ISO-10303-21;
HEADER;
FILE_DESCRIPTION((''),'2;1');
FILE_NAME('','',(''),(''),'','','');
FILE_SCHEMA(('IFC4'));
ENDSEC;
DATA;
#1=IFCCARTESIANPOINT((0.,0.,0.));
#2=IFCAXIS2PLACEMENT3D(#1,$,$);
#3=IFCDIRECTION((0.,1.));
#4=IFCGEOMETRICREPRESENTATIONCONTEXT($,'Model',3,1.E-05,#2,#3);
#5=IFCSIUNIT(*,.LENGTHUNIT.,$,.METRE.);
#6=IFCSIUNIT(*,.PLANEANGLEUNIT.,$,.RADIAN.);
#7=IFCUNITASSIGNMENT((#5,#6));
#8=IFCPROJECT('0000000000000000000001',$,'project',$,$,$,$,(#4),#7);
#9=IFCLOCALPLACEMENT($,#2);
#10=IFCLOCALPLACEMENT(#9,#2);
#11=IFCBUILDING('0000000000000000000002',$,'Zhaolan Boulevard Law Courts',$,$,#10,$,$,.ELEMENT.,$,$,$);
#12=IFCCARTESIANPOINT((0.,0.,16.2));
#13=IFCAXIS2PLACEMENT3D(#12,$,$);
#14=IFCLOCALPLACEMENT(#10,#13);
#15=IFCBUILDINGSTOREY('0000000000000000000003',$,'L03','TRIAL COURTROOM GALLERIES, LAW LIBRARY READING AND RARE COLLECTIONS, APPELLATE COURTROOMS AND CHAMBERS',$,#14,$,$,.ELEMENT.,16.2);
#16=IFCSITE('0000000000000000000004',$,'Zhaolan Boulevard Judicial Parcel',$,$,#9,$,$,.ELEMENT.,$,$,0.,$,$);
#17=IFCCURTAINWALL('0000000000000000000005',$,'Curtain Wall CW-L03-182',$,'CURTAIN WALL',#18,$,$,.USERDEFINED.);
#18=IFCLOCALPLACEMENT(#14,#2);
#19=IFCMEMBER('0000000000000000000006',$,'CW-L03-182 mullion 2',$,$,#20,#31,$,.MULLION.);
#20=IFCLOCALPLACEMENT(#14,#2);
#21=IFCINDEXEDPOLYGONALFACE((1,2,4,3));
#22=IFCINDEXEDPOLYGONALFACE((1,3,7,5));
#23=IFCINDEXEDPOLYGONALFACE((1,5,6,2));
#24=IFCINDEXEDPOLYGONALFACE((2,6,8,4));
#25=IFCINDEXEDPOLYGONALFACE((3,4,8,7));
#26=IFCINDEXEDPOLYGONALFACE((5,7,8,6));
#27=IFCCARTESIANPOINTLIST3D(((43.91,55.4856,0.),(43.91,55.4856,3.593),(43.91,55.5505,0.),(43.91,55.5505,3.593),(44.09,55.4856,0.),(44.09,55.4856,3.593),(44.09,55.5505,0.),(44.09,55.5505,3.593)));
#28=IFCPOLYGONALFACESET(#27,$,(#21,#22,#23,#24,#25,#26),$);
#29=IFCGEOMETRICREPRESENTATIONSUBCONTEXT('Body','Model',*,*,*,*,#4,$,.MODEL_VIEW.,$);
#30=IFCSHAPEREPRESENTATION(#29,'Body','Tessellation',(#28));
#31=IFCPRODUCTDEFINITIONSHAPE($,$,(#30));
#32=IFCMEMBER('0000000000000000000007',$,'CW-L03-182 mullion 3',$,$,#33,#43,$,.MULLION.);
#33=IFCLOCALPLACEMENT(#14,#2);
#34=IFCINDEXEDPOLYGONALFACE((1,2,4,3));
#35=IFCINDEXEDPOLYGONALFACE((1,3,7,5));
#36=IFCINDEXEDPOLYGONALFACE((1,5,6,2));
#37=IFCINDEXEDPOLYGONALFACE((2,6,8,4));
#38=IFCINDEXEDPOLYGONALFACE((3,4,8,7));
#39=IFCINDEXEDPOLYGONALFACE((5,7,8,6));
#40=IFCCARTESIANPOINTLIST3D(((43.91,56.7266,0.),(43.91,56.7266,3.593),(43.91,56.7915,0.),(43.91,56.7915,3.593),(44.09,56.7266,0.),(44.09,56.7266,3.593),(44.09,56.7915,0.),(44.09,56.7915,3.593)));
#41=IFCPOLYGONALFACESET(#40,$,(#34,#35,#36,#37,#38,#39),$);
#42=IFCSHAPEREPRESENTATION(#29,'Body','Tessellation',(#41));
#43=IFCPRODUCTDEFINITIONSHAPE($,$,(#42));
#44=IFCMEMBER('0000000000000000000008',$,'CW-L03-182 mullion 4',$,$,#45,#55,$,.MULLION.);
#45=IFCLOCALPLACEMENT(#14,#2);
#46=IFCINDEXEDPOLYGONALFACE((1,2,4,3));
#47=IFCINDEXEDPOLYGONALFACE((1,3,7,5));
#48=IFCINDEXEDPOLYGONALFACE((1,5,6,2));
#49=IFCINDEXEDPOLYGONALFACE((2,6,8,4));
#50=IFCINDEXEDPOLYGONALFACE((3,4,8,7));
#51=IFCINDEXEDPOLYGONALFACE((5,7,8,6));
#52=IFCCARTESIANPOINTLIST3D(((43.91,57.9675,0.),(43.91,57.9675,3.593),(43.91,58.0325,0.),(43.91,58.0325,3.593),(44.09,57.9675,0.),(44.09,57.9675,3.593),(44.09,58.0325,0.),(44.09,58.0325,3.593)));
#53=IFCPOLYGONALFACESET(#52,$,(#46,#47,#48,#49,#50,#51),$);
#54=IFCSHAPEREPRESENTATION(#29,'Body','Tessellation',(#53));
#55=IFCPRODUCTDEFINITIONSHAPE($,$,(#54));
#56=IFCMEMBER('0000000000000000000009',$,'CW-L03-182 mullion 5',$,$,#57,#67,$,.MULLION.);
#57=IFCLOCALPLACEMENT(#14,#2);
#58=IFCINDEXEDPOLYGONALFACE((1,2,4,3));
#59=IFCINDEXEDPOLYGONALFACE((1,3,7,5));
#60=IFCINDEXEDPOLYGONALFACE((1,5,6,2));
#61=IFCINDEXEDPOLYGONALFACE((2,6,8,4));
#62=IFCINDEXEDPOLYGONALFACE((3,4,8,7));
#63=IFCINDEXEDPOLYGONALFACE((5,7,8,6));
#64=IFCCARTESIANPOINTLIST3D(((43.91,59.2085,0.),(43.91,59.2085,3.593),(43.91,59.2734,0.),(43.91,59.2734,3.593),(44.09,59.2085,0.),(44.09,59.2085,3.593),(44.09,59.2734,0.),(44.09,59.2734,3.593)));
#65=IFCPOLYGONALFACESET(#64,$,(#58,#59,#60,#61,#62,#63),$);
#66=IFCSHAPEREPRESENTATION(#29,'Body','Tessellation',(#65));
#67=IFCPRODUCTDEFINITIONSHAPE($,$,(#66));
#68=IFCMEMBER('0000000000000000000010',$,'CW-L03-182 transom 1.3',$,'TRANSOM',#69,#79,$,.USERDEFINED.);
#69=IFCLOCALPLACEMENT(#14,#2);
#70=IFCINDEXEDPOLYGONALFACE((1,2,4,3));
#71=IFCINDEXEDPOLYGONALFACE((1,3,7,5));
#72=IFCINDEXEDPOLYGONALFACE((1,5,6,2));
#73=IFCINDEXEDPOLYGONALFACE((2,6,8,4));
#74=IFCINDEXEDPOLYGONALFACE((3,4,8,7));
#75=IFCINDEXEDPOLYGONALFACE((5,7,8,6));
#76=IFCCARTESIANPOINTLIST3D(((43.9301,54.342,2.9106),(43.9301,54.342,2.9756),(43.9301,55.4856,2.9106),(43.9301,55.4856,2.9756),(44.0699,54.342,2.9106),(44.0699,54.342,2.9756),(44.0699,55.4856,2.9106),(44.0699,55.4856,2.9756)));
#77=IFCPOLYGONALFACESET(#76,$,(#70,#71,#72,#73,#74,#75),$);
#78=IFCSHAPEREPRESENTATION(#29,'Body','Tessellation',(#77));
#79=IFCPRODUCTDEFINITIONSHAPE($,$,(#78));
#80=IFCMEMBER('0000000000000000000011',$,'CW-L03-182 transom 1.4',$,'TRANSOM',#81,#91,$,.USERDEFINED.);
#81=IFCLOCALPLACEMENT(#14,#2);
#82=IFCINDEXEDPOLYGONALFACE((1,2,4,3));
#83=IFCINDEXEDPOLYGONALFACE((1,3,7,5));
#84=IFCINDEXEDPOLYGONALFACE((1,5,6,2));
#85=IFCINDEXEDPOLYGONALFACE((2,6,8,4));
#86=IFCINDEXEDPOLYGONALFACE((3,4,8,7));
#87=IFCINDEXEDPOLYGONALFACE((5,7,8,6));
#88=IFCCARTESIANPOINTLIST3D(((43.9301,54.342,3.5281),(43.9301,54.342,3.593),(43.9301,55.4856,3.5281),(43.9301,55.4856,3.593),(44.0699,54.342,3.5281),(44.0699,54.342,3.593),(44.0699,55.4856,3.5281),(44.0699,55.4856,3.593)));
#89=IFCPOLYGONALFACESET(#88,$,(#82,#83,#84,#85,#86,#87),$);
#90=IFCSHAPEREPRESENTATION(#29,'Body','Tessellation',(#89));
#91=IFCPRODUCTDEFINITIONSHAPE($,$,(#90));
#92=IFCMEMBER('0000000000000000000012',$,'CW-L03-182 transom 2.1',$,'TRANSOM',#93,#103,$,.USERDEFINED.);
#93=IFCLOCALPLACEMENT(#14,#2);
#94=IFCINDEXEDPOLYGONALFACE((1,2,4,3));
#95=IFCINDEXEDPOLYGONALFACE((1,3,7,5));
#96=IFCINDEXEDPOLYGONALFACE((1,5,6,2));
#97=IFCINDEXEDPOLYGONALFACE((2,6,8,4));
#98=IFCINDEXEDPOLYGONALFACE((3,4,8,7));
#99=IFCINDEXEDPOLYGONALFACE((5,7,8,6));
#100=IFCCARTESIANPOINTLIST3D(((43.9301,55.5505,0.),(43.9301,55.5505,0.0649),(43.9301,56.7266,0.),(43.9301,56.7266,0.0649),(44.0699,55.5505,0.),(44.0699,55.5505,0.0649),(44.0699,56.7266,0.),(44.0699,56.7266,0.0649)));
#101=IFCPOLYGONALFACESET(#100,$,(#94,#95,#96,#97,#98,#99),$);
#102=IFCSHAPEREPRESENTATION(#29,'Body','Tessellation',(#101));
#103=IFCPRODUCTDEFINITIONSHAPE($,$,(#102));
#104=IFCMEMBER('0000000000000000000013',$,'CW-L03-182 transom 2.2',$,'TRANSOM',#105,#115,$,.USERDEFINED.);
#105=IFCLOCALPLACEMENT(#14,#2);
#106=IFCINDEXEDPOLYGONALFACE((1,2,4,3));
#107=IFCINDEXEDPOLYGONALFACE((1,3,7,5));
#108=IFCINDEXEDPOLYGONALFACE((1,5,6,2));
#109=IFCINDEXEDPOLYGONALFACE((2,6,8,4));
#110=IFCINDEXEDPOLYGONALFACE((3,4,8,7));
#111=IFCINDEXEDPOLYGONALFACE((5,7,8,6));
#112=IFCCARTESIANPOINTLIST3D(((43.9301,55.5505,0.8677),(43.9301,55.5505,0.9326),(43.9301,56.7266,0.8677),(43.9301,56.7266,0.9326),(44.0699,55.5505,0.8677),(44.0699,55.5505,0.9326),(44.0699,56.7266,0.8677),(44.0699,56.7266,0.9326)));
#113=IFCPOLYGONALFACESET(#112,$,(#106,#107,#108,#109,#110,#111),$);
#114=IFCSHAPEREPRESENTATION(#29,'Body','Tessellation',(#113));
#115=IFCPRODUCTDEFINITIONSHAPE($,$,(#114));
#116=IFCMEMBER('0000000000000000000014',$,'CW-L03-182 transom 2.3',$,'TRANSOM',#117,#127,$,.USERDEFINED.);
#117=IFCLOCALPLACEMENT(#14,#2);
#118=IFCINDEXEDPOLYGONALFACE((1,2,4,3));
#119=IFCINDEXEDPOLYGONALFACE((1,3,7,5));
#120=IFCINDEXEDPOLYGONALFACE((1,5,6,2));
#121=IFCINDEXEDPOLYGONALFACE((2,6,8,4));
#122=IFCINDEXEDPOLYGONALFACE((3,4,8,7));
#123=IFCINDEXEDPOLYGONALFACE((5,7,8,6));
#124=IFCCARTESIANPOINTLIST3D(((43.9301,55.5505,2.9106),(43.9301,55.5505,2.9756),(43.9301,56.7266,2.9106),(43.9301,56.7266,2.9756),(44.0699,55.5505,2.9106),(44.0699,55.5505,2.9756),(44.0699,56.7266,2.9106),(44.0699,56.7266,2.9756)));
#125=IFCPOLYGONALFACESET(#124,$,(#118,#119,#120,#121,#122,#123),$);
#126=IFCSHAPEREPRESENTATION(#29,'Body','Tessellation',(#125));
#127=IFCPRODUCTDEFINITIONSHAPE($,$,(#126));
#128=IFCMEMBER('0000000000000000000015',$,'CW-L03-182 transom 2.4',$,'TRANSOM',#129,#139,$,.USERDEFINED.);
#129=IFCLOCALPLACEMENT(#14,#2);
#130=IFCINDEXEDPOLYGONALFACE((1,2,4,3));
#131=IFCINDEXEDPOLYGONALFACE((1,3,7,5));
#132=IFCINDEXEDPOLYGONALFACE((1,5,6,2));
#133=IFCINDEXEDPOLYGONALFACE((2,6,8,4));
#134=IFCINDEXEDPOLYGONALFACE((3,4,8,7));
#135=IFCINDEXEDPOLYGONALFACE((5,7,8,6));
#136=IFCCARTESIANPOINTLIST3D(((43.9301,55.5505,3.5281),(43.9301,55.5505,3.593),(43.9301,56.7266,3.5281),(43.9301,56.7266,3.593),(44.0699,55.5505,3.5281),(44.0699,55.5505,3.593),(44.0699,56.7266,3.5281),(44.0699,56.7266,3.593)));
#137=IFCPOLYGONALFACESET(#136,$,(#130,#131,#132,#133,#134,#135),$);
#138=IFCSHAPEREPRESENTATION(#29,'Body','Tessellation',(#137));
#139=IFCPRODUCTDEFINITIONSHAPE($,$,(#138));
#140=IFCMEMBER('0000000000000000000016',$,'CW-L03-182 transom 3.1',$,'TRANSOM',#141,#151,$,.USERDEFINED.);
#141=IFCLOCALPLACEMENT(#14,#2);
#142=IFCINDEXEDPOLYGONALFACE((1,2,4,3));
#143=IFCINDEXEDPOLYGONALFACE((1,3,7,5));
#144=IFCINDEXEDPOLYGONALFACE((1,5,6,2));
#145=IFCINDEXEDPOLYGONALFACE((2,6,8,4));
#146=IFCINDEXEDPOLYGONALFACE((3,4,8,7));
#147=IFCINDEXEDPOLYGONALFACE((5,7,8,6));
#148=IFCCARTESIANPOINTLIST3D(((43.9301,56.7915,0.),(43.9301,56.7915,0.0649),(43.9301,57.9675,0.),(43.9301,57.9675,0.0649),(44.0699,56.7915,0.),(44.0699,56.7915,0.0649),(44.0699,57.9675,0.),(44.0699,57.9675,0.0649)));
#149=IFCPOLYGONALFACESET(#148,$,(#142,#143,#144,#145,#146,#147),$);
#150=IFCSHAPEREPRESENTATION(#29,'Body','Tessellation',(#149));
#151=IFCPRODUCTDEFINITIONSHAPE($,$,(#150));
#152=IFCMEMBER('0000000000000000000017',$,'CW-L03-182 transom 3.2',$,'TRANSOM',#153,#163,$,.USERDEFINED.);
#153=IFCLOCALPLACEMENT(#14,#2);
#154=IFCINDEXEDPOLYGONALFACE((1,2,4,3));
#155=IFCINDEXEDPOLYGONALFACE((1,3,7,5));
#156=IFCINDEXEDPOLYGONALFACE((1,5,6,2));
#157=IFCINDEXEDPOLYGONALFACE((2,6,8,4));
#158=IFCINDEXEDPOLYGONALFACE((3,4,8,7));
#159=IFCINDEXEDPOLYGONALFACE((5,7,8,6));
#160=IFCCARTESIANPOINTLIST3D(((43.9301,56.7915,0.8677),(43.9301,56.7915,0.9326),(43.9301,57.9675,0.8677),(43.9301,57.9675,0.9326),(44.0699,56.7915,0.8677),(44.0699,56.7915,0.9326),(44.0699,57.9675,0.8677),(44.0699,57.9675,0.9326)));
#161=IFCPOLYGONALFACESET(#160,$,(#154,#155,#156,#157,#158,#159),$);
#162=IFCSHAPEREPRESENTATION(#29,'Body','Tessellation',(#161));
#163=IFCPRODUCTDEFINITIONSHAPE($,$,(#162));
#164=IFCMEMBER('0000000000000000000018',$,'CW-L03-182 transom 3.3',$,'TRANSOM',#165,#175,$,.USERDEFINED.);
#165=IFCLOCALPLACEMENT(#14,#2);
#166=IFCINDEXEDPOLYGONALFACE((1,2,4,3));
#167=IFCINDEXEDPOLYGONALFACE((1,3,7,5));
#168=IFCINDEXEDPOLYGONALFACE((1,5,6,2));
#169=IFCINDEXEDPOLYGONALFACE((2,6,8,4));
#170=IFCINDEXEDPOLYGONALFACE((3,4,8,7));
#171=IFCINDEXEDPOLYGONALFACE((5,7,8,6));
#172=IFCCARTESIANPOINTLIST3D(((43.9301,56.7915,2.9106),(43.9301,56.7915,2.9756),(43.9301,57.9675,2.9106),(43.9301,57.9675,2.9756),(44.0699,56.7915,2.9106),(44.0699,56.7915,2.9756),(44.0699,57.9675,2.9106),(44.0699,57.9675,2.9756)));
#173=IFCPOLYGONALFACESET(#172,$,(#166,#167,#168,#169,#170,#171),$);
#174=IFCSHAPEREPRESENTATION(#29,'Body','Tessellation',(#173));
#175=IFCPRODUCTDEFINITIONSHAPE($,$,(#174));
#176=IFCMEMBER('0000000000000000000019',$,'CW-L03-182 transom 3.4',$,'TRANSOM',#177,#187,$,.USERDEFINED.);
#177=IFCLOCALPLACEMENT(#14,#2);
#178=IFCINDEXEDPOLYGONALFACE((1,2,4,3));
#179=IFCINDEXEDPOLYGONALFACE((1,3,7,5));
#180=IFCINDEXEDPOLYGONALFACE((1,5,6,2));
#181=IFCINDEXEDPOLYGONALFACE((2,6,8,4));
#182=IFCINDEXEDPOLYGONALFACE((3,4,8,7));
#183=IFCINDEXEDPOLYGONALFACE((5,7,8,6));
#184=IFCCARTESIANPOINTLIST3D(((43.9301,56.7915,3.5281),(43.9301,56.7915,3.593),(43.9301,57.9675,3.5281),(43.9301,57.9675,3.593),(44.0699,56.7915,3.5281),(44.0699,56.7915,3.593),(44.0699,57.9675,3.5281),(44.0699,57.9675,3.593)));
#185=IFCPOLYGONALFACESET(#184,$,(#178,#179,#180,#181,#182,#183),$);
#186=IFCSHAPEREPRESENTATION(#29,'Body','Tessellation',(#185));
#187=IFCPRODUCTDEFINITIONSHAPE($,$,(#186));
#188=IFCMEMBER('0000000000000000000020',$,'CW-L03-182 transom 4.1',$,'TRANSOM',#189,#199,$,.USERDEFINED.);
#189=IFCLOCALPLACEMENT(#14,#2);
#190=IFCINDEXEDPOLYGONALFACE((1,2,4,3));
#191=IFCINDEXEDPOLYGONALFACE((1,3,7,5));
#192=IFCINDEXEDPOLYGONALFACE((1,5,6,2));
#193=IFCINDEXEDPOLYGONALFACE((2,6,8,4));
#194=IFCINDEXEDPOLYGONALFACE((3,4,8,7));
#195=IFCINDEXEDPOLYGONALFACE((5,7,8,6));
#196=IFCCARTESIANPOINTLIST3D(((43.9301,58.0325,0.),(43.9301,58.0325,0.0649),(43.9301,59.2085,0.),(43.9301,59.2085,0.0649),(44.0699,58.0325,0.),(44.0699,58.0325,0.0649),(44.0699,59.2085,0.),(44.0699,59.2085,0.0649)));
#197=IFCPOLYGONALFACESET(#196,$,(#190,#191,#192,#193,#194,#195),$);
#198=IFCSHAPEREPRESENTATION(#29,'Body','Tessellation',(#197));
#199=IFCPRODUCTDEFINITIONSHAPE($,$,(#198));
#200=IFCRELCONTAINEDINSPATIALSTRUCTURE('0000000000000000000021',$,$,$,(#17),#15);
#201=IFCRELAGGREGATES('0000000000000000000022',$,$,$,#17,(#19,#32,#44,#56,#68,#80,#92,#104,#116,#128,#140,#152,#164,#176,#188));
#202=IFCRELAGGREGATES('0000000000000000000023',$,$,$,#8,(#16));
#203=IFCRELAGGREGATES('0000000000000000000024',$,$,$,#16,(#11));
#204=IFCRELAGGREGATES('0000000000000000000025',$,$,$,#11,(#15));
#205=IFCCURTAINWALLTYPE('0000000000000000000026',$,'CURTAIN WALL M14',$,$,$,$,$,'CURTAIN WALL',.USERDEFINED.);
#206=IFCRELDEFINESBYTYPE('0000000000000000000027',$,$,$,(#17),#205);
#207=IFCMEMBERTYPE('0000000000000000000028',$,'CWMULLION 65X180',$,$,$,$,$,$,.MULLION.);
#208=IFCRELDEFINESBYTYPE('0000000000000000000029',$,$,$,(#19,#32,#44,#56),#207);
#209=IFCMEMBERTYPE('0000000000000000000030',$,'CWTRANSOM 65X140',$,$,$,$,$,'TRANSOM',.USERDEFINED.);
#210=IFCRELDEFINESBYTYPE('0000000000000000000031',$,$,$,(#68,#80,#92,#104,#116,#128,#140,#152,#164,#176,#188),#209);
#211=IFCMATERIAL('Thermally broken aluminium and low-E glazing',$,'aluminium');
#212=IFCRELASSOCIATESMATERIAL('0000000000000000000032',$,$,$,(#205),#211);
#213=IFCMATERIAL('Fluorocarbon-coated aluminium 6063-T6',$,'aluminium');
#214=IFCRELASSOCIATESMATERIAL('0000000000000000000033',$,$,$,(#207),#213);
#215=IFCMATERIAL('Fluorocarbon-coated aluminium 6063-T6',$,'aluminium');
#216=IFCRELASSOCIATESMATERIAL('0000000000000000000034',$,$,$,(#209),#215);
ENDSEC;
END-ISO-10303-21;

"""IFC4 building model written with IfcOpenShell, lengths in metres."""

from ifc_helpers import new_model, si_unit, direction, frame, origin, origin_2d, place, context, subcontext, project, spatial, rectangle, extrude, material, material_profile, profile_set, type_object, element, aggregate, save


model = new_model("IFC4")

# Units and contexts
model_context = context("Model", 3, precision=1e-05, world=origin(), true_north=direction((0.0, 1.0)))
body_context = subcontext(model_context, "Body", "Model", "MODEL_VIEW")
ifc_project = project(units=[si_unit("LENGTHUNIT", "METRE"), si_unit("PLANEANGLEUNIT", "RADIAN")], contexts=[model_context])

# Site, building, storey
site_placement = place(None, origin())
site = spatial("IfcSite", under=ifc_project, at=site_placement, Name="Zhaolan Boulevard Judicial Parcel", CompositionType="ELEMENT", RefElevation=0.0)
building_placement = place(site_placement, origin())
building = spatial("IfcBuilding", under=site, at=building_placement, Name="Zhaolan Boulevard Law Courts", CompositionType="ELEMENT")
storey_placement = place(building_placement, frame((0.0, 0.0, 16.2)))
storey = spatial("IfcBuildingStorey", under=building, at=storey_placement, Name="L03", Description="TRIAL COURTROOM GALLERIES, LAW LIBRARY READING AND RARE COLLECTIONS, APPELLATE COURTROOMS AND CHAMBERS", CompositionType="ELEMENT", Elevation=16.2)

# Curtain wall, members
ifc_material_1 = material(Name="Thermally broken aluminium and low-E glazing", Category="aluminium")
curtain_wall_type = type_object("IfcCurtainWallType", Name="CURTAIN WALL M14", ElementType="CURTAIN WALL", PredefinedType="USERDEFINED", material=ifc_material_1)
curtain_wall_placement = place(storey_placement, origin())
curtain_wall = element("IfcCurtainWall", 1, at=curtain_wall_placement, inside=storey, type_object=curtain_wall_type, Name="Curtain Wall CW-L03-182", ObjectType="CURTAIN WALL", PredefinedType="USERDEFINED")
ifc_material_2 = material(Name="Fluorocarbon-coated aluminium 6063-T6", Category="aluminium")
ifc_material_profile_1 = material_profile(ifc_material_2, rectangle(XDim=0.1799, YDim=0.0649, at=origin_2d()), Name="AL65x180")
ifc_profile_set_1 = profile_set([ifc_material_profile_1], Name="Fluorocarbon-coated aluminium 6063-T6")
member_type_1 = type_object("IfcMemberType", Name="CWMULLION 65X180", PredefinedType="MULLION", material=ifc_profile_set_1)
member_1_placement = place(storey_placement, frame((44.0, 55.5181, 0.0), z_axis=(0.0, 0.0, 1.0), x_axis=(-1.0, 0.0, 0.0)))
member_1 = element("IfcMember", 2, at=member_1_placement, type_object=member_type_1, Name="CW-L03-182 mullion 2", PredefinedType="MULLION", context=body_context, shape_type="SweptSolid", body=[
    extrude(rectangle(XDim=0.1799, YDim=0.0649, at=origin_2d()), origin(), (0.0, 0.0, 1.0), 3.593),
])
member_2_placement = place(storey_placement, frame((44.0, 56.759, 0.0), z_axis=(0.0, 0.0, 1.0), x_axis=(-1.0, 0.0, 0.0)))
member_2 = element("IfcMember", 3, at=member_2_placement, type_object=member_type_1, Name="CW-L03-182 mullion 3", PredefinedType="MULLION", context=body_context, shape_type="SweptSolid", body=[
    extrude(rectangle(XDim=0.1799, YDim=0.0649, at=origin_2d()), origin(), (0.0, 0.0, 1.0), 3.593),
])
member_3_placement = place(storey_placement, frame((44.0, 58.0, 0.0), z_axis=(0.0, 0.0, 1.0), x_axis=(-1.0, 0.0, 0.0)))
member_3 = element("IfcMember", 4, at=member_3_placement, type_object=member_type_1, Name="CW-L03-182 mullion 4", PredefinedType="MULLION", context=body_context, shape_type="SweptSolid", body=[
    extrude(rectangle(XDim=0.1799, YDim=0.0649, at=origin_2d()), origin(), (0.0, 0.0, 1.0), 3.593),
])
member_4_placement = place(storey_placement, frame((44.0, 59.241, 0.0), z_axis=(0.0, 0.0, 1.0), x_axis=(-1.0, 0.0, 0.0)))
member_4 = element("IfcMember", 5, at=member_4_placement, type_object=member_type_1, Name="CW-L03-182 mullion 5", PredefinedType="MULLION", context=body_context, shape_type="SweptSolid", body=[
    extrude(rectangle(XDim=0.1799, YDim=0.0649, at=origin_2d()), origin(), (0.0, 0.0, 1.0), 3.593),
])
ifc_material_3 = material(Name="Fluorocarbon-coated aluminium 6063-T6", Category="aluminium")
ifc_material_profile_2 = material_profile(ifc_material_3, rectangle(XDim=0.1399, YDim=0.0649, at=origin_2d()), Name="AL65x140")
ifc_profile_set_2 = profile_set([ifc_material_profile_2], Name="Fluorocarbon-coated aluminium 6063-T6")
member_type_2 = type_object("IfcMemberType", Name="CWTRANSOM 65X140", ElementType="TRANSOM", PredefinedType="USERDEFINED", material=ifc_profile_set_2)
member_5_placement = place(storey_placement, frame((44.0, 54.342, 2.9431), z_axis=(0.0, 1.0, 0.0), x_axis=(-1.0, 0.0, 0.0)))
member_5 = element("IfcMember", 6, at=member_5_placement, type_object=member_type_2, Name="CW-L03-182 transom 1.3", ObjectType="TRANSOM", PredefinedType="USERDEFINED", context=body_context, shape_type="SweptSolid", body=[
    extrude(rectangle(XDim=0.1399, YDim=0.0649, at=origin_2d()), origin(), (0.0, 0.0, 1.0), 1.1436),
])
member_6_placement = place(storey_placement, frame((44.0, 54.342, 3.5605), z_axis=(0.0, 1.0, 0.0), x_axis=(-1.0, 0.0, 0.0)))
member_6 = element("IfcMember", 7, at=member_6_placement, type_object=member_type_2, Name="CW-L03-182 transom 1.4", ObjectType="TRANSOM", PredefinedType="USERDEFINED", context=body_context, shape_type="SweptSolid", body=[
    extrude(rectangle(XDim=0.1399, YDim=0.0649, at=origin_2d()), origin(), (0.0, 0.0, 1.0), 1.1436),
])
member_7_placement = place(storey_placement, frame((44.0, 55.5505, 0.0325), z_axis=(0.0, 1.0, 0.0), x_axis=(-1.0, 0.0, 0.0)))
member_7 = element("IfcMember", 8, at=member_7_placement, type_object=member_type_2, Name="CW-L03-182 transom 2.1", ObjectType="TRANSOM", PredefinedType="USERDEFINED", context=body_context, shape_type="SweptSolid", body=[
    extrude(rectangle(XDim=0.1399, YDim=0.0649, at=origin_2d()), origin(), (0.0, 0.0, 1.0), 1.176),
])
member_8_placement = place(storey_placement, frame((44.0, 55.5505, 0.9001), z_axis=(0.0, 1.0, 0.0), x_axis=(-1.0, 0.0, 0.0)))
member_8 = element("IfcMember", 9, at=member_8_placement, type_object=member_type_2, Name="CW-L03-182 transom 2.2", ObjectType="TRANSOM", PredefinedType="USERDEFINED", context=body_context, shape_type="SweptSolid", body=[
    extrude(rectangle(XDim=0.1399, YDim=0.0649, at=origin_2d()), origin(), (0.0, 0.0, 1.0), 1.176),
])
member_9_placement = place(storey_placement, frame((44.0, 55.5505, 2.9431), z_axis=(0.0, 1.0, 0.0), x_axis=(-1.0, 0.0, 0.0)))
member_9 = element("IfcMember", 10, at=member_9_placement, type_object=member_type_2, Name="CW-L03-182 transom 2.3", ObjectType="TRANSOM", PredefinedType="USERDEFINED", context=body_context, shape_type="SweptSolid", body=[
    extrude(rectangle(XDim=0.1399, YDim=0.0649, at=origin_2d()), origin(), (0.0, 0.0, 1.0), 1.176),
])
member_10_placement = place(storey_placement, frame((44.0, 55.5505, 3.5605), z_axis=(0.0, 1.0, 0.0), x_axis=(-1.0, 0.0, 0.0)))
member_10 = element("IfcMember", 11, at=member_10_placement, type_object=member_type_2, Name="CW-L03-182 transom 2.4", ObjectType="TRANSOM", PredefinedType="USERDEFINED", context=body_context, shape_type="SweptSolid", body=[
    extrude(rectangle(XDim=0.1399, YDim=0.0649, at=origin_2d()), origin(), (0.0, 0.0, 1.0), 1.176),
])
member_11_placement = place(storey_placement, frame((44.0, 56.7915, 0.0325), z_axis=(0.0, 1.0, 0.0), x_axis=(-1.0, 0.0, 0.0)))
member_11 = element("IfcMember", 12, at=member_11_placement, type_object=member_type_2, Name="CW-L03-182 transom 3.1", ObjectType="TRANSOM", PredefinedType="USERDEFINED", context=body_context, shape_type="SweptSolid", body=[
    extrude(rectangle(XDim=0.1399, YDim=0.0649, at=origin_2d()), origin(), (0.0, 0.0, 1.0), 1.176),
])
member_12_placement = place(storey_placement, frame((44.0, 56.7915, 0.9001), z_axis=(0.0, 1.0, 0.0), x_axis=(-1.0, 0.0, 0.0)))
member_12 = element("IfcMember", 13, at=member_12_placement, type_object=member_type_2, Name="CW-L03-182 transom 3.2", ObjectType="TRANSOM", PredefinedType="USERDEFINED", context=body_context, shape_type="SweptSolid", body=[
    extrude(rectangle(XDim=0.1399, YDim=0.0649, at=origin_2d()), origin(), (0.0, 0.0, 1.0), 1.176),
])
member_13_placement = place(storey_placement, frame((44.0, 56.7915, 2.9431), z_axis=(0.0, 1.0, 0.0), x_axis=(-1.0, 0.0, 0.0)))
member_13 = element("IfcMember", 14, at=member_13_placement, type_object=member_type_2, Name="CW-L03-182 transom 3.3", ObjectType="TRANSOM", PredefinedType="USERDEFINED", context=body_context, shape_type="SweptSolid", body=[
    extrude(rectangle(XDim=0.1399, YDim=0.0649, at=origin_2d()), origin(), (0.0, 0.0, 1.0), 1.176),
])
member_14_placement = place(storey_placement, frame((44.0, 56.7915, 3.5605), z_axis=(0.0, 1.0, 0.0), x_axis=(-1.0, 0.0, 0.0)))
member_14 = element("IfcMember", 15, at=member_14_placement, type_object=member_type_2, Name="CW-L03-182 transom 3.4", ObjectType="TRANSOM", PredefinedType="USERDEFINED", context=body_context, shape_type="SweptSolid", body=[
    extrude(rectangle(XDim=0.1399, YDim=0.0649, at=origin_2d()), origin(), (0.0, 0.0, 1.0), 1.176),
])
member_15_placement = place(storey_placement, frame((44.0, 58.0325, 0.0325), z_axis=(0.0, 1.0, 0.0), x_axis=(-1.0, 0.0, 0.0)))
member_15 = element("IfcMember", 16, at=member_15_placement, type_object=member_type_2, Name="CW-L03-182 transom 4.1", ObjectType="TRANSOM", PredefinedType="USERDEFINED", context=body_context, shape_type="SweptSolid", body=[
    extrude(rectangle(XDim=0.1399, YDim=0.0649, at=origin_2d()), origin(), (0.0, 0.0, 1.0), 1.176),
])
aggregate(curtain_wall, [member_1, member_2, member_3, member_4, member_5, member_6, member_7, member_8, member_9, member_10, member_11, member_12, member_13, member_14, member_15])

save(model, "model.ifc")
